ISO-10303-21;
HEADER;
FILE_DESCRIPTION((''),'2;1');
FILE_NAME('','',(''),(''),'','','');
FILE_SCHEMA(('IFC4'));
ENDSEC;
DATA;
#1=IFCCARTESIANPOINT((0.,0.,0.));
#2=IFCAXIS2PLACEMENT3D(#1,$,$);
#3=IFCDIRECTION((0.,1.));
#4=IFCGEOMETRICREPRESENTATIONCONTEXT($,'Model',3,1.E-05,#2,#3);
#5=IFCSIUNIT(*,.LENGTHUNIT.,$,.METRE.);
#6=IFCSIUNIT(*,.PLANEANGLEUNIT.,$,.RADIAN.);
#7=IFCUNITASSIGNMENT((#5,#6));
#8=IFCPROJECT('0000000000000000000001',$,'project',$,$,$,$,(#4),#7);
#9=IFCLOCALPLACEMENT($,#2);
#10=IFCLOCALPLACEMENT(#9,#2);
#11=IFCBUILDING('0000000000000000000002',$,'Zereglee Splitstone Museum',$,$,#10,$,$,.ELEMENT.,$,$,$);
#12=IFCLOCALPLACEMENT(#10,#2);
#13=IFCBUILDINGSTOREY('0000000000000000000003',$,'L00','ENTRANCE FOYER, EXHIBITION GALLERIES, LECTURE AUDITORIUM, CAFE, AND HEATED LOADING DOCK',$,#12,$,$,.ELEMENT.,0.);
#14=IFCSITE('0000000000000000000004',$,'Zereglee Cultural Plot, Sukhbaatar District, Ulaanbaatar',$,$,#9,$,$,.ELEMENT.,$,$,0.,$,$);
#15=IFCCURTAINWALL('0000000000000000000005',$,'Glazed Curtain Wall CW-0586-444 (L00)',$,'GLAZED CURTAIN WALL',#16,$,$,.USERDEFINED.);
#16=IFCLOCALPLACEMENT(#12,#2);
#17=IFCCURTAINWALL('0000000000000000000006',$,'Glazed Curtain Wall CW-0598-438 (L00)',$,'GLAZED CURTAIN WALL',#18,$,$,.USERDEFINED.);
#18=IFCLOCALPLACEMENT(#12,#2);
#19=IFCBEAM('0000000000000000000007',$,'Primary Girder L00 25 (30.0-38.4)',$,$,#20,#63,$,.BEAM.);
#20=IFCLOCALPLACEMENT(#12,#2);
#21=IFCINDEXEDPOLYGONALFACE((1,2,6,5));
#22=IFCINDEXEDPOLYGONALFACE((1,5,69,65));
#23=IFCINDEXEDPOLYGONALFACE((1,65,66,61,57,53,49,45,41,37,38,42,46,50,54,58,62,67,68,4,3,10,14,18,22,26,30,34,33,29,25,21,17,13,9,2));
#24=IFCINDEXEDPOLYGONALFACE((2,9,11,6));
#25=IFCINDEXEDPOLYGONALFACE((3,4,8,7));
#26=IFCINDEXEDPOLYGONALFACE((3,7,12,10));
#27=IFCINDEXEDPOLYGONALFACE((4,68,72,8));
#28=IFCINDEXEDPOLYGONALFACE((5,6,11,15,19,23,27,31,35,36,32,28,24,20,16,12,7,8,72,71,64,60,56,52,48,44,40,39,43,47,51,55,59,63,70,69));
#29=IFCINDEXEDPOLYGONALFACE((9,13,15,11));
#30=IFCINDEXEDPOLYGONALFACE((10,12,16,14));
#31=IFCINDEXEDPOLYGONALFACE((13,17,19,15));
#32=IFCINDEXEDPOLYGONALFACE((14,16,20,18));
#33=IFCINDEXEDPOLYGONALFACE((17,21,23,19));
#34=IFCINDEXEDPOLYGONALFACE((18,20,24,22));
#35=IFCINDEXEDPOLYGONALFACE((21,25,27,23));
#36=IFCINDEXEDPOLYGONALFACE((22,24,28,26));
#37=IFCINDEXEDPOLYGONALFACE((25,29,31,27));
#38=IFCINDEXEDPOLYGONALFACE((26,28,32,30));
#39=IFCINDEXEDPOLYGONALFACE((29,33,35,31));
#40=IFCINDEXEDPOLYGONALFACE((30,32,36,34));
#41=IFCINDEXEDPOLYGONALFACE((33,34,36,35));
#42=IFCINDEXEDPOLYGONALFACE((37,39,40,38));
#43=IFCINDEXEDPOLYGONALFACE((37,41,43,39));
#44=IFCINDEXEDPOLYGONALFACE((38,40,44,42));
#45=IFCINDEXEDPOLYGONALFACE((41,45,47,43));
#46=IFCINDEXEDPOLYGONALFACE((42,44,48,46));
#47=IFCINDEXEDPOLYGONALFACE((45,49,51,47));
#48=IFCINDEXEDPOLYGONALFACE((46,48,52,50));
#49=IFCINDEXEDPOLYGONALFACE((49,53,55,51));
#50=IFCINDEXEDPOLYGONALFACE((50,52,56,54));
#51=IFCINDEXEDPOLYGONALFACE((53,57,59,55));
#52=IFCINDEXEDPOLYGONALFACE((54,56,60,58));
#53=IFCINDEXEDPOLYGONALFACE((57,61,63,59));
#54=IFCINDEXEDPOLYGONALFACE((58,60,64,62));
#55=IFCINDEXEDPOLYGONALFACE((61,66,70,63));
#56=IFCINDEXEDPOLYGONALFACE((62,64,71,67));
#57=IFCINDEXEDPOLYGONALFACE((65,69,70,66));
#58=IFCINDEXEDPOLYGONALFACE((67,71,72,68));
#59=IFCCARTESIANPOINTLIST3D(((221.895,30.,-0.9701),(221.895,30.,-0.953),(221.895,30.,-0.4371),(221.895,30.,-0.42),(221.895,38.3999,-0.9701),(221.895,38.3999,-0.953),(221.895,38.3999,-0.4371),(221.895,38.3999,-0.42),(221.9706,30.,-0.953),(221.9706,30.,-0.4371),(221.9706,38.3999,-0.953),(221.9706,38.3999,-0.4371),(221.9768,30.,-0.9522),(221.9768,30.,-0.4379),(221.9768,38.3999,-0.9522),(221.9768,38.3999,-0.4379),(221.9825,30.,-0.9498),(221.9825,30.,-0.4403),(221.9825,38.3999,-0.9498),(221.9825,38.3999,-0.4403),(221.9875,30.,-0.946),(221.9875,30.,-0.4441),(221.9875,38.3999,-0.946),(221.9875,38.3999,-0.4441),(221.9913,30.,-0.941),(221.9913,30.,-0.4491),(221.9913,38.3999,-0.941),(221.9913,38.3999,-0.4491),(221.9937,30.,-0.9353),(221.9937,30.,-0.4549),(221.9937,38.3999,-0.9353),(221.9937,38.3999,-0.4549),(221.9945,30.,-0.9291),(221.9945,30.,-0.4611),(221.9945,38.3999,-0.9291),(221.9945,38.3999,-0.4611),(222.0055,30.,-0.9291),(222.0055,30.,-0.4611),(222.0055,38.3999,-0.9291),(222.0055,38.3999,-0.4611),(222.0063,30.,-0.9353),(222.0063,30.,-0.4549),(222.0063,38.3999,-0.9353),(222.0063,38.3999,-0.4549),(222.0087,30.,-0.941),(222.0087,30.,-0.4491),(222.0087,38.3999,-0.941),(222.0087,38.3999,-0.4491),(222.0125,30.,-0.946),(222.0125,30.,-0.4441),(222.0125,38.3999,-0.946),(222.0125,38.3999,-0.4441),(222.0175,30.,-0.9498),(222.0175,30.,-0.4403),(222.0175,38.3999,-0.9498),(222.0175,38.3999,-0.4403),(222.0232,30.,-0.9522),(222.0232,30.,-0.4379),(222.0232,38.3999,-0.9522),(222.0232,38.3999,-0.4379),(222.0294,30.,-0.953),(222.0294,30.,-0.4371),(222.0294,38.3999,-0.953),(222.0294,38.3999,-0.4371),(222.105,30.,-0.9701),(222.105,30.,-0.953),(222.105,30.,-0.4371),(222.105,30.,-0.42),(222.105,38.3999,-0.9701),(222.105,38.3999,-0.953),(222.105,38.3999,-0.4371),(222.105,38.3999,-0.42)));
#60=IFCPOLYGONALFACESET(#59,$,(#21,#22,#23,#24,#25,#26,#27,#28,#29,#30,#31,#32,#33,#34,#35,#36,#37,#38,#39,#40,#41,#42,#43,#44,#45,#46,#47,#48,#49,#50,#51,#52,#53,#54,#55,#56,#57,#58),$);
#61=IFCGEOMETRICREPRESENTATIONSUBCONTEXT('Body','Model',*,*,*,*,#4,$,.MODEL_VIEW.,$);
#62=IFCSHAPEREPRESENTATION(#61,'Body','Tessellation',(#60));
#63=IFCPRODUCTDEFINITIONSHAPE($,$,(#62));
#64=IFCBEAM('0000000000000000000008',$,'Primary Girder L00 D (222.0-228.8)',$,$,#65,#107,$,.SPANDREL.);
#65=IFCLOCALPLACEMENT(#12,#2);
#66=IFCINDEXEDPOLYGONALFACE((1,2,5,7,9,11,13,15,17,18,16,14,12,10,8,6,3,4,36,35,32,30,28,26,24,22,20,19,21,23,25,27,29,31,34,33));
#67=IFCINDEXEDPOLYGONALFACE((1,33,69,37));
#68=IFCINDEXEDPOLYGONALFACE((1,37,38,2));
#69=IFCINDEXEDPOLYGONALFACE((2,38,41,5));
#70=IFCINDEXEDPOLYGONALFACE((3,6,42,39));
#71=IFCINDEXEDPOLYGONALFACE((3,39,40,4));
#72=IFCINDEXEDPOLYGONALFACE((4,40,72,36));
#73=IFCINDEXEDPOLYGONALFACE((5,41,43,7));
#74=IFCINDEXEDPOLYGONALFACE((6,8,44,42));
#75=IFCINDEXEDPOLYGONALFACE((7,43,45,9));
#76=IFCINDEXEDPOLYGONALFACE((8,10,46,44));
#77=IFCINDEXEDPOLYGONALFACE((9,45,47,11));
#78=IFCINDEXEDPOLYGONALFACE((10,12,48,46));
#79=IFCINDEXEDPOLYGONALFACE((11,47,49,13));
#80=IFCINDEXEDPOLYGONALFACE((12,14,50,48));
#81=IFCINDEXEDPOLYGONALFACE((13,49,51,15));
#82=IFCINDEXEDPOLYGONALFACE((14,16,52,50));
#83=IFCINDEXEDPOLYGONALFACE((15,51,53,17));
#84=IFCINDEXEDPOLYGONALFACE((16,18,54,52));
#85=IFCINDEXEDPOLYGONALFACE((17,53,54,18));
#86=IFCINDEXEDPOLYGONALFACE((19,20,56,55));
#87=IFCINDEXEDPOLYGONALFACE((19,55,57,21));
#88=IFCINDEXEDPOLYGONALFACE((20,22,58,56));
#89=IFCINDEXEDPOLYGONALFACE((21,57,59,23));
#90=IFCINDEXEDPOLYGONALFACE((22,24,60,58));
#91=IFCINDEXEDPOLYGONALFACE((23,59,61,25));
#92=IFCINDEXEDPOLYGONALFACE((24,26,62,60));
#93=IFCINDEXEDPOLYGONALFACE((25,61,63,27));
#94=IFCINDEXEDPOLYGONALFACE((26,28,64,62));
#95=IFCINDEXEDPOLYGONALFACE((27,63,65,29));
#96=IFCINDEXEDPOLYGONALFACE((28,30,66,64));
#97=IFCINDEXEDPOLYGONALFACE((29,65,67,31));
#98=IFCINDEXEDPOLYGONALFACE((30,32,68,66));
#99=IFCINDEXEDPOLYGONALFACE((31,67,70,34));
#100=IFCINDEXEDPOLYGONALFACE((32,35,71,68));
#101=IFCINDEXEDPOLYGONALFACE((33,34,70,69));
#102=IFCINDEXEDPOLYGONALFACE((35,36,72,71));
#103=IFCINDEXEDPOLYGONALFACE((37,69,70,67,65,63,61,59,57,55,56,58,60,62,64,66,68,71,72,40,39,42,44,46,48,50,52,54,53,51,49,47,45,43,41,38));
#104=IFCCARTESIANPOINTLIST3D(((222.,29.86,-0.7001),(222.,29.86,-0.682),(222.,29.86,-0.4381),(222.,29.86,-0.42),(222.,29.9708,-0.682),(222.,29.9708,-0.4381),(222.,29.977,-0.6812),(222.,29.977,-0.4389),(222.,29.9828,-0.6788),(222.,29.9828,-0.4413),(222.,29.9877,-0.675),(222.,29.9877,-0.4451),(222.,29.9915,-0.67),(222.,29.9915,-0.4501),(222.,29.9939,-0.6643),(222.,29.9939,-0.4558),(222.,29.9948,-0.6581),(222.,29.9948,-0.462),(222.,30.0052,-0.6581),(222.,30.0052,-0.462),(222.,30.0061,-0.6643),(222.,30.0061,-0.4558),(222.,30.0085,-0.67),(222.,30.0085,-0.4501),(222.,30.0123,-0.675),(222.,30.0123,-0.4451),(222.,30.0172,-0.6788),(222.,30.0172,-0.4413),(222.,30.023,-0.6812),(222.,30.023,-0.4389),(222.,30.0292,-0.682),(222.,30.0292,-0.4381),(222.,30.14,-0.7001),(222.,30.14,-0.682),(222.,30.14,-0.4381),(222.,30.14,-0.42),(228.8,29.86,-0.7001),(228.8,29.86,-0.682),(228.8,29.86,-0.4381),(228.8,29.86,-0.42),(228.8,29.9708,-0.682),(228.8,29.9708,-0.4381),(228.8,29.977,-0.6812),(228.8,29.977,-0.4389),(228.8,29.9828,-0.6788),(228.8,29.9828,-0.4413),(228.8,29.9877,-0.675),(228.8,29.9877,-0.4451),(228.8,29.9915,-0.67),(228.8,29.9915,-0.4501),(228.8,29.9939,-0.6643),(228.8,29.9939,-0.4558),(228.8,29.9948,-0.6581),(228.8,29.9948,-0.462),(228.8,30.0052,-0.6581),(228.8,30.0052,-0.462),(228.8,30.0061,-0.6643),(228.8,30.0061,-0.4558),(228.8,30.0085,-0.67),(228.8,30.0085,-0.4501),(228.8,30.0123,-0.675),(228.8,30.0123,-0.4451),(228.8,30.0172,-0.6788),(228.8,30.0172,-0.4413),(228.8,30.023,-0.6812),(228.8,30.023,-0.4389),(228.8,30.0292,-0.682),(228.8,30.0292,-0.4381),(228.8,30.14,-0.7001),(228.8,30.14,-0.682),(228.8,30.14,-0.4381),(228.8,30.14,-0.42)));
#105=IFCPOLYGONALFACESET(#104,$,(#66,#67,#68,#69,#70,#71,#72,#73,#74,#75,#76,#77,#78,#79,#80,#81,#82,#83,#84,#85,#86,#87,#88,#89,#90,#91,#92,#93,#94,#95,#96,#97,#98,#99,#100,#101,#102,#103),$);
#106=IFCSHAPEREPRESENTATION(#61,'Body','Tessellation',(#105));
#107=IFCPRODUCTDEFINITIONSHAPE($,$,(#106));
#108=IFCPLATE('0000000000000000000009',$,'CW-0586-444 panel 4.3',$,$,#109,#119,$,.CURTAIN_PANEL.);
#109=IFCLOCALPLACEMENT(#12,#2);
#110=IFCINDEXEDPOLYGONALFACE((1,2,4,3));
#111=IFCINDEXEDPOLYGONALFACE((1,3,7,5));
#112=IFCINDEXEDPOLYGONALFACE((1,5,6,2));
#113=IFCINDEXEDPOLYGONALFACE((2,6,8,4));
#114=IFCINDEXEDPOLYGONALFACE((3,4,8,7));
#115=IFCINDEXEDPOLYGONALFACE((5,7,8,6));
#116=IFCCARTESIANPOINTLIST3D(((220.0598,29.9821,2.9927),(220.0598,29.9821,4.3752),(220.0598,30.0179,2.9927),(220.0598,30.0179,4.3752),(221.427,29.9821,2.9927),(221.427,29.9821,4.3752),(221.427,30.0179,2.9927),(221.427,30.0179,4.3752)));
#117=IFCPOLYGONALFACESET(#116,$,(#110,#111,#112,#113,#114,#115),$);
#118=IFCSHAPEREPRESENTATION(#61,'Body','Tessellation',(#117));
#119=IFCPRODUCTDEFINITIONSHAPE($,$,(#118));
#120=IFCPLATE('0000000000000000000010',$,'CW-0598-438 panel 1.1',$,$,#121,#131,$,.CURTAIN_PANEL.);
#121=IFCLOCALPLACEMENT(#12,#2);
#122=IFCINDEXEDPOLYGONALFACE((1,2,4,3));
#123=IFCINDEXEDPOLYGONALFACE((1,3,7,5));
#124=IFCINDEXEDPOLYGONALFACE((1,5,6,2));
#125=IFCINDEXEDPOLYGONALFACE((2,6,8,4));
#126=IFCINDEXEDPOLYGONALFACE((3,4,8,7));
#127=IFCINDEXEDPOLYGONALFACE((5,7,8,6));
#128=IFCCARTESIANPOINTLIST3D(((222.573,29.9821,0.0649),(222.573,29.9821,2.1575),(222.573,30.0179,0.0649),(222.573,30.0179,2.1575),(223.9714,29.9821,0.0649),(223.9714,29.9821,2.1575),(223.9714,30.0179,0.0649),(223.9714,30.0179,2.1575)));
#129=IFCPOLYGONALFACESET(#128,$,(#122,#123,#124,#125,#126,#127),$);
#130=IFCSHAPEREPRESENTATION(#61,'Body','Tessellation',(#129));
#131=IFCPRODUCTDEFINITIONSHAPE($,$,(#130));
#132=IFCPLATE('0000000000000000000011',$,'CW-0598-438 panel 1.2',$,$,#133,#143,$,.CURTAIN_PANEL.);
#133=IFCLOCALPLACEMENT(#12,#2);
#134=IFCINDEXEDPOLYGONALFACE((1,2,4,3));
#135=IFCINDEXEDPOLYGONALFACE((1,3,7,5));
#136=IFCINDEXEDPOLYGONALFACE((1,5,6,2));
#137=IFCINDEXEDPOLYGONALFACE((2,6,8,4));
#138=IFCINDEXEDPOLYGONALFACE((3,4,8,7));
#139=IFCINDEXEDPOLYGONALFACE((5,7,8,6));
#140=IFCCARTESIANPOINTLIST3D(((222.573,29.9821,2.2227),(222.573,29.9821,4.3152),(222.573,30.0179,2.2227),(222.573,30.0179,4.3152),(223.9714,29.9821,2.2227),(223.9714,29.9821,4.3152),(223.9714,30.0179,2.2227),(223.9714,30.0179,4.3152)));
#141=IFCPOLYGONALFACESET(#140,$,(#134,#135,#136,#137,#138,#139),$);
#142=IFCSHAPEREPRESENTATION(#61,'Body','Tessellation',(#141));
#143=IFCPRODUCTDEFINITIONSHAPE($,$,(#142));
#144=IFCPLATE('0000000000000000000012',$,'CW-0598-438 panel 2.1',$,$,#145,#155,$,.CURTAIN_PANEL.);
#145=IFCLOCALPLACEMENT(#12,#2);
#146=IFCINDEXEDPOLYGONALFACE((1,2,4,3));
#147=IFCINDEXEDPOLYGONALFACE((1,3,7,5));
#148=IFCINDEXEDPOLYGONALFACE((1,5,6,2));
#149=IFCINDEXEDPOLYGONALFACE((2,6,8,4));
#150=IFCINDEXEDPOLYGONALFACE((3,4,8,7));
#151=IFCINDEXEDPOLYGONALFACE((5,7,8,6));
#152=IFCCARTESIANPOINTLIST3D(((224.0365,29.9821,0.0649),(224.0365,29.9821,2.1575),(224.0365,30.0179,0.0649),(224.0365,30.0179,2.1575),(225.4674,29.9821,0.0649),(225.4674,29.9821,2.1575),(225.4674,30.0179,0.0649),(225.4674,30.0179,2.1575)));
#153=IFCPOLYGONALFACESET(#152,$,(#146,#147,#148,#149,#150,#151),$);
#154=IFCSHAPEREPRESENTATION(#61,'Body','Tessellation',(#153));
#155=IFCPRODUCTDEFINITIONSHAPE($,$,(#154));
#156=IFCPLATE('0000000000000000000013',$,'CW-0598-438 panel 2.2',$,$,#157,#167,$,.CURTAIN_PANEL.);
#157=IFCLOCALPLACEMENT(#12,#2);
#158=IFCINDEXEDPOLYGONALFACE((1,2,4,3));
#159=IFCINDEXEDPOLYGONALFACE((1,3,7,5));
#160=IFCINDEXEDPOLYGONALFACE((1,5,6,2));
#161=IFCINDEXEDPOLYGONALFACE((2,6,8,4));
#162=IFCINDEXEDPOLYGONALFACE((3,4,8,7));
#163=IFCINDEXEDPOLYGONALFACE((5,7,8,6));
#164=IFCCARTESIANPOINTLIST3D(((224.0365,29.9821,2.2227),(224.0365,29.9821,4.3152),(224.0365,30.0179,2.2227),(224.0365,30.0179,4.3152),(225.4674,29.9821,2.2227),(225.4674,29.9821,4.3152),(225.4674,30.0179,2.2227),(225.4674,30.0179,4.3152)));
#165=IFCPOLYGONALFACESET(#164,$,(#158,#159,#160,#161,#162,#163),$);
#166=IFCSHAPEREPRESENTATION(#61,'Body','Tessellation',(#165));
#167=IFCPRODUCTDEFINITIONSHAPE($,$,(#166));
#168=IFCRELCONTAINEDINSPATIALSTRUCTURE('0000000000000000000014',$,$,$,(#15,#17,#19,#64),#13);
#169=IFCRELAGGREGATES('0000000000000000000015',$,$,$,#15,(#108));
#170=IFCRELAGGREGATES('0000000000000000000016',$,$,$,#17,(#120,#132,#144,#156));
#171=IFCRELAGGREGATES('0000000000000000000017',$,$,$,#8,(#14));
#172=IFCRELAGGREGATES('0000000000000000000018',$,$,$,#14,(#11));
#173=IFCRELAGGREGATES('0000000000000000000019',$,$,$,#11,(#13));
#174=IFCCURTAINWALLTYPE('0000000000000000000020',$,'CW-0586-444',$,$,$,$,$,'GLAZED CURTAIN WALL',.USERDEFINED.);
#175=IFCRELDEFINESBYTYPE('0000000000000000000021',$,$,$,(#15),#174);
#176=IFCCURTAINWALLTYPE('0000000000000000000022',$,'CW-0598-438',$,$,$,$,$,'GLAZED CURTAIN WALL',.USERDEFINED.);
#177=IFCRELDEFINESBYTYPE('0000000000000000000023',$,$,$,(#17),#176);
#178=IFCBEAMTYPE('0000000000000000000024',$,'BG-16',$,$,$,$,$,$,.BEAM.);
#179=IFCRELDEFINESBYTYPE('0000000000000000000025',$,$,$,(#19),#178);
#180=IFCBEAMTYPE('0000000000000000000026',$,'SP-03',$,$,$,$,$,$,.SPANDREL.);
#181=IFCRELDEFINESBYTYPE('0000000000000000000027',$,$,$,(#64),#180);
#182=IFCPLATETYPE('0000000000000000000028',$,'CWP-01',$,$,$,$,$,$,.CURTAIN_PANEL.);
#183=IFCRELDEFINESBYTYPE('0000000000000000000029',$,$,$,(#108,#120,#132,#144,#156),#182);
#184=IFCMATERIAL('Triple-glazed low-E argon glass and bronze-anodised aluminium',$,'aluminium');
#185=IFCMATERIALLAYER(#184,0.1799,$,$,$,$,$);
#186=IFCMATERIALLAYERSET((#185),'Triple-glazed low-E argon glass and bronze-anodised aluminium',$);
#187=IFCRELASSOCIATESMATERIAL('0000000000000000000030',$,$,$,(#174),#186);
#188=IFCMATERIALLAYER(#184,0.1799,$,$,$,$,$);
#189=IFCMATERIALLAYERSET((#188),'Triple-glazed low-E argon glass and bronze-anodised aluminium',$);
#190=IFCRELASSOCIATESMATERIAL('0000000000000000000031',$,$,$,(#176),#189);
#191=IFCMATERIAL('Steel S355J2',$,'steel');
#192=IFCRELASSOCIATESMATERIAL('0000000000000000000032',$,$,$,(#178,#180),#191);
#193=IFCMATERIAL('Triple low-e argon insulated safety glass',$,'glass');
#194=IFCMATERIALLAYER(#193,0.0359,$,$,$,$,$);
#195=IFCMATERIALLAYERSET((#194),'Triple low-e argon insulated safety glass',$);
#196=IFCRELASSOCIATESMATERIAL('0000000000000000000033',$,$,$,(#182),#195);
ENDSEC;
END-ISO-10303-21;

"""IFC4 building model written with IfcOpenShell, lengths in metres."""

from ifc_helpers import new_model, si_unit, direction, frame, origin, origin_2d, place, context, subcontext, project, spatial, rectangle, i_section, extrude, material, layer, layer_set, material_profile, profile_set, type_object, element, aggregate, save


model = new_model("IFC4")

# Units and contexts
model_context = context("Model", 3, precision=1e-05, world=origin(), true_north=direction((0.0, 1.0)))
body_context = subcontext(model_context, "Body", "Model", "MODEL_VIEW")
ifc_project = project(units=[si_unit("LENGTHUNIT", "METRE"), si_unit("PLANEANGLEUNIT", "RADIAN")], contexts=[model_context])

# Site, building, storey
site_placement = place(None, origin())
site = spatial("IfcSite", under=ifc_project, at=site_placement, Name="Zereglee Cultural Plot, Sukhbaatar District, Ulaanbaatar", CompositionType="ELEMENT", RefElevation=0.0)
building_placement = place(site_placement, origin())
building = spatial("IfcBuilding", under=site, at=building_placement, Name="Zereglee Splitstone Museum", CompositionType="ELEMENT")
storey_placement = place(building_placement, origin())
storey = spatial("IfcBuildingStorey", under=building, at=storey_placement, Name="L00", Description="ENTRANCE FOYER, EXHIBITION GALLERIES, LECTURE AUDITORIUM, CAFE, AND HEATED LOADING DOCK", CompositionType="ELEMENT", Elevation=0.0)

# Curtain wall
ifc_material_1 = material(Name="Triple-glazed low-E argon glass and bronze-anodised aluminium", Category="aluminium")
ifc_layer_1 = layer(ifc_material_1, 0.1799)
ifc_layer_set_1 = layer_set([ifc_layer_1], Name="Triple-glazed low-E argon glass and bronze-anodised aluminium")
curtain_wall_type_1 = type_object("IfcCurtainWallType", Name="CW-0586-444", ElementType="GLAZED CURTAIN WALL", PredefinedType="USERDEFINED", material=ifc_layer_set_1)
curtain_wall_1_placement = place(storey_placement, origin())
curtain_wall_1 = element("IfcCurtainWall", 1, at=curtain_wall_1_placement, inside=storey, type_object=curtain_wall_type_1, Name="Glazed Curtain Wall CW-0586-444 (L00)", ObjectType="GLAZED CURTAIN WALL", PredefinedType="USERDEFINED")

# Curtain wall
ifc_layer_2 = layer(ifc_material_1, 0.1799)
ifc_layer_set_2 = layer_set([ifc_layer_2], Name="Triple-glazed low-E argon glass and bronze-anodised aluminium")
curtain_wall_type_2 = type_object("IfcCurtainWallType", Name="CW-0598-438", ElementType="GLAZED CURTAIN WALL", PredefinedType="USERDEFINED", material=ifc_layer_set_2)
curtain_wall_2_placement = place(storey_placement, origin())
curtain_wall_2 = element("IfcCurtainWall", 2, at=curtain_wall_2_placement, inside=storey, type_object=curtain_wall_type_2, Name="Glazed Curtain Wall CW-0598-438 (L00)", ObjectType="GLAZED CURTAIN WALL", PredefinedType="USERDEFINED")

# Beams
ifc_material_2 = material(Name="Steel S355J2", Category="steel")
ifc_material_profile_1 = material_profile(ifc_material_2, i_section(OverallWidth=0.21, OverallDepth=0.55, WebThickness=0.011, FlangeThickness=0.0171, FilletRadius=0.0239, at=origin_2d()), Name="IPE 550")
ifc_profile_set_1 = profile_set([ifc_material_profile_1], Name="Steel S355J2")
beam_type_1 = type_object("IfcBeamType", Name="BG-16", PredefinedType="BEAM", material=ifc_profile_set_1)
beam_1_placement = place(storey_placement, frame((222.0, 30.0, -0.6951), z_axis=(0.0, 1.0, 0.0), x_axis=(-1.0, 0.0, 0.0)))
element("IfcBeam", 3, at=beam_1_placement, inside=storey, type_object=beam_type_1, Name="Primary Girder L00 25 (30.0-38.4)", PredefinedType="BEAM", context=body_context, shape_type="SweptSolid", body=[
    extrude(i_section(OverallWidth=0.21, OverallDepth=0.55, WebThickness=0.011, FlangeThickness=0.0171, FilletRadius=0.0239, at=origin_2d()), origin(), (0.0, 0.0, 1.0), 8.3999),
])
ifc_material_profile_2 = material_profile(ifc_material_2, i_section(OverallWidth=0.28, OverallDepth=0.28, WebThickness=0.0105, FlangeThickness=0.0181, FilletRadius=0.0239, at=origin_2d()), Name="HE 280 B")
ifc_profile_set_2 = profile_set([ifc_material_profile_2], Name="Steel S355J2")
beam_type_2 = type_object("IfcBeamType", Name="SP-03", PredefinedType="SPANDREL", material=ifc_profile_set_2)
beam_2_placement = place(storey_placement, frame((222.0, 30.0, -0.5601), z_axis=(1.0, 0.0, 0.0), x_axis=(0.0, 1.0, 0.0)))
element("IfcBeam", 4, at=beam_2_placement, inside=storey, type_object=beam_type_2, Name="Primary Girder L00 D (222.0-228.8)", PredefinedType="SPANDREL", context=body_context, shape_type="SweptSolid", body=[
    extrude(i_section(OverallWidth=0.28, OverallDepth=0.28, WebThickness=0.0105, FlangeThickness=0.0181, FilletRadius=0.0239, at=origin_2d()), origin(), (0.0, 0.0, 1.0), 6.8),
])

# Plates
ifc_material_3 = material(Name="Triple low-e argon insulated safety glass", Category="glass")
ifc_layer_3 = layer(ifc_material_3, 0.0359)
ifc_layer_set_3 = layer_set([ifc_layer_3], Name="Triple low-e argon insulated safety glass")
plate_type = type_object("IfcPlateType", Name="CWP-01", PredefinedType="CURTAIN_PANEL", material=ifc_layer_set_3)
plate_1_placement = place(storey_placement, frame((220.7434, 30.0, 2.9927), z_axis=(0.0, 0.0, 1.0), x_axis=(1.0, 0.0, 0.0)))
plate_1 = element("IfcPlate", 5, at=plate_1_placement, type_object=plate_type, Name="CW-0586-444 panel 4.3", PredefinedType="CURTAIN_PANEL", context=body_context, shape_type="SweptSolid", body=[
    extrude(rectangle(XDim=1.3672, YDim=0.0359, at=origin_2d()), origin(), (0.0, 0.0, 1.0), 1.3826),
])
aggregate(curtain_wall_1, [plate_1])
plate_2_placement = place(storey_placement, frame((223.2722, 30.0, 0.0649), z_axis=(0.0, 0.0, 1.0), x_axis=(1.0, 0.0, 0.0)))
plate_2 = element("IfcPlate", 6, at=plate_2_placement, type_object=plate_type, Name="CW-0598-438 panel 1.1", PredefinedType="CURTAIN_PANEL", context=body_context, shape_type="SweptSolid", body=[
    extrude(rectangle(XDim=1.3984, YDim=0.0359, at=origin_2d()), origin(), (0.0, 0.0, 1.0), 2.0925),
])
plate_3_placement = place(storey_placement, frame((223.2722, 30.0, 2.2227), z_axis=(0.0, 0.0, 1.0), x_axis=(1.0, 0.0, 0.0)))
plate_3 = element("IfcPlate", 7, at=plate_3_placement, type_object=plate_type, Name="CW-0598-438 panel 1.2", PredefinedType="CURTAIN_PANEL", context=body_context, shape_type="SweptSolid", body=[
    extrude(rectangle(XDim=1.3984, YDim=0.0359, at=origin_2d()), origin(), (0.0, 0.0, 1.0), 2.0925),
])
plate_4_placement = place(storey_placement, frame((224.752, 30.0, 0.0649), z_axis=(0.0, 0.0, 1.0), x_axis=(1.0, 0.0, 0.0)))
plate_4 = element("IfcPlate", 8, at=plate_4_placement, type_object=plate_type, Name="CW-0598-438 panel 2.1", PredefinedType="CURTAIN_PANEL", context=body_context, shape_type="SweptSolid", body=[
    extrude(rectangle(XDim=1.4309, YDim=0.0359, at=origin_2d()), origin(), (0.0, 0.0, 1.0), 2.0925),
])
plate_5_placement = place(storey_placement, frame((224.752, 30.0, 2.2227), z_axis=(0.0, 0.0, 1.0), x_axis=(1.0, 0.0, 0.0)))
plate_5 = element("IfcPlate", 9, at=plate_5_placement, type_object=plate_type, Name="CW-0598-438 panel 2.2", PredefinedType="CURTAIN_PANEL", context=body_context, shape_type="SweptSolid", body=[
    extrude(rectangle(XDim=1.4309, YDim=0.0359, at=origin_2d()), origin(), (0.0, 0.0, 1.0), 2.0925),
])
aggregate(curtain_wall_2, [plate_2, plate_3, plate_4, plate_5])

save(model, "model.ifc")
